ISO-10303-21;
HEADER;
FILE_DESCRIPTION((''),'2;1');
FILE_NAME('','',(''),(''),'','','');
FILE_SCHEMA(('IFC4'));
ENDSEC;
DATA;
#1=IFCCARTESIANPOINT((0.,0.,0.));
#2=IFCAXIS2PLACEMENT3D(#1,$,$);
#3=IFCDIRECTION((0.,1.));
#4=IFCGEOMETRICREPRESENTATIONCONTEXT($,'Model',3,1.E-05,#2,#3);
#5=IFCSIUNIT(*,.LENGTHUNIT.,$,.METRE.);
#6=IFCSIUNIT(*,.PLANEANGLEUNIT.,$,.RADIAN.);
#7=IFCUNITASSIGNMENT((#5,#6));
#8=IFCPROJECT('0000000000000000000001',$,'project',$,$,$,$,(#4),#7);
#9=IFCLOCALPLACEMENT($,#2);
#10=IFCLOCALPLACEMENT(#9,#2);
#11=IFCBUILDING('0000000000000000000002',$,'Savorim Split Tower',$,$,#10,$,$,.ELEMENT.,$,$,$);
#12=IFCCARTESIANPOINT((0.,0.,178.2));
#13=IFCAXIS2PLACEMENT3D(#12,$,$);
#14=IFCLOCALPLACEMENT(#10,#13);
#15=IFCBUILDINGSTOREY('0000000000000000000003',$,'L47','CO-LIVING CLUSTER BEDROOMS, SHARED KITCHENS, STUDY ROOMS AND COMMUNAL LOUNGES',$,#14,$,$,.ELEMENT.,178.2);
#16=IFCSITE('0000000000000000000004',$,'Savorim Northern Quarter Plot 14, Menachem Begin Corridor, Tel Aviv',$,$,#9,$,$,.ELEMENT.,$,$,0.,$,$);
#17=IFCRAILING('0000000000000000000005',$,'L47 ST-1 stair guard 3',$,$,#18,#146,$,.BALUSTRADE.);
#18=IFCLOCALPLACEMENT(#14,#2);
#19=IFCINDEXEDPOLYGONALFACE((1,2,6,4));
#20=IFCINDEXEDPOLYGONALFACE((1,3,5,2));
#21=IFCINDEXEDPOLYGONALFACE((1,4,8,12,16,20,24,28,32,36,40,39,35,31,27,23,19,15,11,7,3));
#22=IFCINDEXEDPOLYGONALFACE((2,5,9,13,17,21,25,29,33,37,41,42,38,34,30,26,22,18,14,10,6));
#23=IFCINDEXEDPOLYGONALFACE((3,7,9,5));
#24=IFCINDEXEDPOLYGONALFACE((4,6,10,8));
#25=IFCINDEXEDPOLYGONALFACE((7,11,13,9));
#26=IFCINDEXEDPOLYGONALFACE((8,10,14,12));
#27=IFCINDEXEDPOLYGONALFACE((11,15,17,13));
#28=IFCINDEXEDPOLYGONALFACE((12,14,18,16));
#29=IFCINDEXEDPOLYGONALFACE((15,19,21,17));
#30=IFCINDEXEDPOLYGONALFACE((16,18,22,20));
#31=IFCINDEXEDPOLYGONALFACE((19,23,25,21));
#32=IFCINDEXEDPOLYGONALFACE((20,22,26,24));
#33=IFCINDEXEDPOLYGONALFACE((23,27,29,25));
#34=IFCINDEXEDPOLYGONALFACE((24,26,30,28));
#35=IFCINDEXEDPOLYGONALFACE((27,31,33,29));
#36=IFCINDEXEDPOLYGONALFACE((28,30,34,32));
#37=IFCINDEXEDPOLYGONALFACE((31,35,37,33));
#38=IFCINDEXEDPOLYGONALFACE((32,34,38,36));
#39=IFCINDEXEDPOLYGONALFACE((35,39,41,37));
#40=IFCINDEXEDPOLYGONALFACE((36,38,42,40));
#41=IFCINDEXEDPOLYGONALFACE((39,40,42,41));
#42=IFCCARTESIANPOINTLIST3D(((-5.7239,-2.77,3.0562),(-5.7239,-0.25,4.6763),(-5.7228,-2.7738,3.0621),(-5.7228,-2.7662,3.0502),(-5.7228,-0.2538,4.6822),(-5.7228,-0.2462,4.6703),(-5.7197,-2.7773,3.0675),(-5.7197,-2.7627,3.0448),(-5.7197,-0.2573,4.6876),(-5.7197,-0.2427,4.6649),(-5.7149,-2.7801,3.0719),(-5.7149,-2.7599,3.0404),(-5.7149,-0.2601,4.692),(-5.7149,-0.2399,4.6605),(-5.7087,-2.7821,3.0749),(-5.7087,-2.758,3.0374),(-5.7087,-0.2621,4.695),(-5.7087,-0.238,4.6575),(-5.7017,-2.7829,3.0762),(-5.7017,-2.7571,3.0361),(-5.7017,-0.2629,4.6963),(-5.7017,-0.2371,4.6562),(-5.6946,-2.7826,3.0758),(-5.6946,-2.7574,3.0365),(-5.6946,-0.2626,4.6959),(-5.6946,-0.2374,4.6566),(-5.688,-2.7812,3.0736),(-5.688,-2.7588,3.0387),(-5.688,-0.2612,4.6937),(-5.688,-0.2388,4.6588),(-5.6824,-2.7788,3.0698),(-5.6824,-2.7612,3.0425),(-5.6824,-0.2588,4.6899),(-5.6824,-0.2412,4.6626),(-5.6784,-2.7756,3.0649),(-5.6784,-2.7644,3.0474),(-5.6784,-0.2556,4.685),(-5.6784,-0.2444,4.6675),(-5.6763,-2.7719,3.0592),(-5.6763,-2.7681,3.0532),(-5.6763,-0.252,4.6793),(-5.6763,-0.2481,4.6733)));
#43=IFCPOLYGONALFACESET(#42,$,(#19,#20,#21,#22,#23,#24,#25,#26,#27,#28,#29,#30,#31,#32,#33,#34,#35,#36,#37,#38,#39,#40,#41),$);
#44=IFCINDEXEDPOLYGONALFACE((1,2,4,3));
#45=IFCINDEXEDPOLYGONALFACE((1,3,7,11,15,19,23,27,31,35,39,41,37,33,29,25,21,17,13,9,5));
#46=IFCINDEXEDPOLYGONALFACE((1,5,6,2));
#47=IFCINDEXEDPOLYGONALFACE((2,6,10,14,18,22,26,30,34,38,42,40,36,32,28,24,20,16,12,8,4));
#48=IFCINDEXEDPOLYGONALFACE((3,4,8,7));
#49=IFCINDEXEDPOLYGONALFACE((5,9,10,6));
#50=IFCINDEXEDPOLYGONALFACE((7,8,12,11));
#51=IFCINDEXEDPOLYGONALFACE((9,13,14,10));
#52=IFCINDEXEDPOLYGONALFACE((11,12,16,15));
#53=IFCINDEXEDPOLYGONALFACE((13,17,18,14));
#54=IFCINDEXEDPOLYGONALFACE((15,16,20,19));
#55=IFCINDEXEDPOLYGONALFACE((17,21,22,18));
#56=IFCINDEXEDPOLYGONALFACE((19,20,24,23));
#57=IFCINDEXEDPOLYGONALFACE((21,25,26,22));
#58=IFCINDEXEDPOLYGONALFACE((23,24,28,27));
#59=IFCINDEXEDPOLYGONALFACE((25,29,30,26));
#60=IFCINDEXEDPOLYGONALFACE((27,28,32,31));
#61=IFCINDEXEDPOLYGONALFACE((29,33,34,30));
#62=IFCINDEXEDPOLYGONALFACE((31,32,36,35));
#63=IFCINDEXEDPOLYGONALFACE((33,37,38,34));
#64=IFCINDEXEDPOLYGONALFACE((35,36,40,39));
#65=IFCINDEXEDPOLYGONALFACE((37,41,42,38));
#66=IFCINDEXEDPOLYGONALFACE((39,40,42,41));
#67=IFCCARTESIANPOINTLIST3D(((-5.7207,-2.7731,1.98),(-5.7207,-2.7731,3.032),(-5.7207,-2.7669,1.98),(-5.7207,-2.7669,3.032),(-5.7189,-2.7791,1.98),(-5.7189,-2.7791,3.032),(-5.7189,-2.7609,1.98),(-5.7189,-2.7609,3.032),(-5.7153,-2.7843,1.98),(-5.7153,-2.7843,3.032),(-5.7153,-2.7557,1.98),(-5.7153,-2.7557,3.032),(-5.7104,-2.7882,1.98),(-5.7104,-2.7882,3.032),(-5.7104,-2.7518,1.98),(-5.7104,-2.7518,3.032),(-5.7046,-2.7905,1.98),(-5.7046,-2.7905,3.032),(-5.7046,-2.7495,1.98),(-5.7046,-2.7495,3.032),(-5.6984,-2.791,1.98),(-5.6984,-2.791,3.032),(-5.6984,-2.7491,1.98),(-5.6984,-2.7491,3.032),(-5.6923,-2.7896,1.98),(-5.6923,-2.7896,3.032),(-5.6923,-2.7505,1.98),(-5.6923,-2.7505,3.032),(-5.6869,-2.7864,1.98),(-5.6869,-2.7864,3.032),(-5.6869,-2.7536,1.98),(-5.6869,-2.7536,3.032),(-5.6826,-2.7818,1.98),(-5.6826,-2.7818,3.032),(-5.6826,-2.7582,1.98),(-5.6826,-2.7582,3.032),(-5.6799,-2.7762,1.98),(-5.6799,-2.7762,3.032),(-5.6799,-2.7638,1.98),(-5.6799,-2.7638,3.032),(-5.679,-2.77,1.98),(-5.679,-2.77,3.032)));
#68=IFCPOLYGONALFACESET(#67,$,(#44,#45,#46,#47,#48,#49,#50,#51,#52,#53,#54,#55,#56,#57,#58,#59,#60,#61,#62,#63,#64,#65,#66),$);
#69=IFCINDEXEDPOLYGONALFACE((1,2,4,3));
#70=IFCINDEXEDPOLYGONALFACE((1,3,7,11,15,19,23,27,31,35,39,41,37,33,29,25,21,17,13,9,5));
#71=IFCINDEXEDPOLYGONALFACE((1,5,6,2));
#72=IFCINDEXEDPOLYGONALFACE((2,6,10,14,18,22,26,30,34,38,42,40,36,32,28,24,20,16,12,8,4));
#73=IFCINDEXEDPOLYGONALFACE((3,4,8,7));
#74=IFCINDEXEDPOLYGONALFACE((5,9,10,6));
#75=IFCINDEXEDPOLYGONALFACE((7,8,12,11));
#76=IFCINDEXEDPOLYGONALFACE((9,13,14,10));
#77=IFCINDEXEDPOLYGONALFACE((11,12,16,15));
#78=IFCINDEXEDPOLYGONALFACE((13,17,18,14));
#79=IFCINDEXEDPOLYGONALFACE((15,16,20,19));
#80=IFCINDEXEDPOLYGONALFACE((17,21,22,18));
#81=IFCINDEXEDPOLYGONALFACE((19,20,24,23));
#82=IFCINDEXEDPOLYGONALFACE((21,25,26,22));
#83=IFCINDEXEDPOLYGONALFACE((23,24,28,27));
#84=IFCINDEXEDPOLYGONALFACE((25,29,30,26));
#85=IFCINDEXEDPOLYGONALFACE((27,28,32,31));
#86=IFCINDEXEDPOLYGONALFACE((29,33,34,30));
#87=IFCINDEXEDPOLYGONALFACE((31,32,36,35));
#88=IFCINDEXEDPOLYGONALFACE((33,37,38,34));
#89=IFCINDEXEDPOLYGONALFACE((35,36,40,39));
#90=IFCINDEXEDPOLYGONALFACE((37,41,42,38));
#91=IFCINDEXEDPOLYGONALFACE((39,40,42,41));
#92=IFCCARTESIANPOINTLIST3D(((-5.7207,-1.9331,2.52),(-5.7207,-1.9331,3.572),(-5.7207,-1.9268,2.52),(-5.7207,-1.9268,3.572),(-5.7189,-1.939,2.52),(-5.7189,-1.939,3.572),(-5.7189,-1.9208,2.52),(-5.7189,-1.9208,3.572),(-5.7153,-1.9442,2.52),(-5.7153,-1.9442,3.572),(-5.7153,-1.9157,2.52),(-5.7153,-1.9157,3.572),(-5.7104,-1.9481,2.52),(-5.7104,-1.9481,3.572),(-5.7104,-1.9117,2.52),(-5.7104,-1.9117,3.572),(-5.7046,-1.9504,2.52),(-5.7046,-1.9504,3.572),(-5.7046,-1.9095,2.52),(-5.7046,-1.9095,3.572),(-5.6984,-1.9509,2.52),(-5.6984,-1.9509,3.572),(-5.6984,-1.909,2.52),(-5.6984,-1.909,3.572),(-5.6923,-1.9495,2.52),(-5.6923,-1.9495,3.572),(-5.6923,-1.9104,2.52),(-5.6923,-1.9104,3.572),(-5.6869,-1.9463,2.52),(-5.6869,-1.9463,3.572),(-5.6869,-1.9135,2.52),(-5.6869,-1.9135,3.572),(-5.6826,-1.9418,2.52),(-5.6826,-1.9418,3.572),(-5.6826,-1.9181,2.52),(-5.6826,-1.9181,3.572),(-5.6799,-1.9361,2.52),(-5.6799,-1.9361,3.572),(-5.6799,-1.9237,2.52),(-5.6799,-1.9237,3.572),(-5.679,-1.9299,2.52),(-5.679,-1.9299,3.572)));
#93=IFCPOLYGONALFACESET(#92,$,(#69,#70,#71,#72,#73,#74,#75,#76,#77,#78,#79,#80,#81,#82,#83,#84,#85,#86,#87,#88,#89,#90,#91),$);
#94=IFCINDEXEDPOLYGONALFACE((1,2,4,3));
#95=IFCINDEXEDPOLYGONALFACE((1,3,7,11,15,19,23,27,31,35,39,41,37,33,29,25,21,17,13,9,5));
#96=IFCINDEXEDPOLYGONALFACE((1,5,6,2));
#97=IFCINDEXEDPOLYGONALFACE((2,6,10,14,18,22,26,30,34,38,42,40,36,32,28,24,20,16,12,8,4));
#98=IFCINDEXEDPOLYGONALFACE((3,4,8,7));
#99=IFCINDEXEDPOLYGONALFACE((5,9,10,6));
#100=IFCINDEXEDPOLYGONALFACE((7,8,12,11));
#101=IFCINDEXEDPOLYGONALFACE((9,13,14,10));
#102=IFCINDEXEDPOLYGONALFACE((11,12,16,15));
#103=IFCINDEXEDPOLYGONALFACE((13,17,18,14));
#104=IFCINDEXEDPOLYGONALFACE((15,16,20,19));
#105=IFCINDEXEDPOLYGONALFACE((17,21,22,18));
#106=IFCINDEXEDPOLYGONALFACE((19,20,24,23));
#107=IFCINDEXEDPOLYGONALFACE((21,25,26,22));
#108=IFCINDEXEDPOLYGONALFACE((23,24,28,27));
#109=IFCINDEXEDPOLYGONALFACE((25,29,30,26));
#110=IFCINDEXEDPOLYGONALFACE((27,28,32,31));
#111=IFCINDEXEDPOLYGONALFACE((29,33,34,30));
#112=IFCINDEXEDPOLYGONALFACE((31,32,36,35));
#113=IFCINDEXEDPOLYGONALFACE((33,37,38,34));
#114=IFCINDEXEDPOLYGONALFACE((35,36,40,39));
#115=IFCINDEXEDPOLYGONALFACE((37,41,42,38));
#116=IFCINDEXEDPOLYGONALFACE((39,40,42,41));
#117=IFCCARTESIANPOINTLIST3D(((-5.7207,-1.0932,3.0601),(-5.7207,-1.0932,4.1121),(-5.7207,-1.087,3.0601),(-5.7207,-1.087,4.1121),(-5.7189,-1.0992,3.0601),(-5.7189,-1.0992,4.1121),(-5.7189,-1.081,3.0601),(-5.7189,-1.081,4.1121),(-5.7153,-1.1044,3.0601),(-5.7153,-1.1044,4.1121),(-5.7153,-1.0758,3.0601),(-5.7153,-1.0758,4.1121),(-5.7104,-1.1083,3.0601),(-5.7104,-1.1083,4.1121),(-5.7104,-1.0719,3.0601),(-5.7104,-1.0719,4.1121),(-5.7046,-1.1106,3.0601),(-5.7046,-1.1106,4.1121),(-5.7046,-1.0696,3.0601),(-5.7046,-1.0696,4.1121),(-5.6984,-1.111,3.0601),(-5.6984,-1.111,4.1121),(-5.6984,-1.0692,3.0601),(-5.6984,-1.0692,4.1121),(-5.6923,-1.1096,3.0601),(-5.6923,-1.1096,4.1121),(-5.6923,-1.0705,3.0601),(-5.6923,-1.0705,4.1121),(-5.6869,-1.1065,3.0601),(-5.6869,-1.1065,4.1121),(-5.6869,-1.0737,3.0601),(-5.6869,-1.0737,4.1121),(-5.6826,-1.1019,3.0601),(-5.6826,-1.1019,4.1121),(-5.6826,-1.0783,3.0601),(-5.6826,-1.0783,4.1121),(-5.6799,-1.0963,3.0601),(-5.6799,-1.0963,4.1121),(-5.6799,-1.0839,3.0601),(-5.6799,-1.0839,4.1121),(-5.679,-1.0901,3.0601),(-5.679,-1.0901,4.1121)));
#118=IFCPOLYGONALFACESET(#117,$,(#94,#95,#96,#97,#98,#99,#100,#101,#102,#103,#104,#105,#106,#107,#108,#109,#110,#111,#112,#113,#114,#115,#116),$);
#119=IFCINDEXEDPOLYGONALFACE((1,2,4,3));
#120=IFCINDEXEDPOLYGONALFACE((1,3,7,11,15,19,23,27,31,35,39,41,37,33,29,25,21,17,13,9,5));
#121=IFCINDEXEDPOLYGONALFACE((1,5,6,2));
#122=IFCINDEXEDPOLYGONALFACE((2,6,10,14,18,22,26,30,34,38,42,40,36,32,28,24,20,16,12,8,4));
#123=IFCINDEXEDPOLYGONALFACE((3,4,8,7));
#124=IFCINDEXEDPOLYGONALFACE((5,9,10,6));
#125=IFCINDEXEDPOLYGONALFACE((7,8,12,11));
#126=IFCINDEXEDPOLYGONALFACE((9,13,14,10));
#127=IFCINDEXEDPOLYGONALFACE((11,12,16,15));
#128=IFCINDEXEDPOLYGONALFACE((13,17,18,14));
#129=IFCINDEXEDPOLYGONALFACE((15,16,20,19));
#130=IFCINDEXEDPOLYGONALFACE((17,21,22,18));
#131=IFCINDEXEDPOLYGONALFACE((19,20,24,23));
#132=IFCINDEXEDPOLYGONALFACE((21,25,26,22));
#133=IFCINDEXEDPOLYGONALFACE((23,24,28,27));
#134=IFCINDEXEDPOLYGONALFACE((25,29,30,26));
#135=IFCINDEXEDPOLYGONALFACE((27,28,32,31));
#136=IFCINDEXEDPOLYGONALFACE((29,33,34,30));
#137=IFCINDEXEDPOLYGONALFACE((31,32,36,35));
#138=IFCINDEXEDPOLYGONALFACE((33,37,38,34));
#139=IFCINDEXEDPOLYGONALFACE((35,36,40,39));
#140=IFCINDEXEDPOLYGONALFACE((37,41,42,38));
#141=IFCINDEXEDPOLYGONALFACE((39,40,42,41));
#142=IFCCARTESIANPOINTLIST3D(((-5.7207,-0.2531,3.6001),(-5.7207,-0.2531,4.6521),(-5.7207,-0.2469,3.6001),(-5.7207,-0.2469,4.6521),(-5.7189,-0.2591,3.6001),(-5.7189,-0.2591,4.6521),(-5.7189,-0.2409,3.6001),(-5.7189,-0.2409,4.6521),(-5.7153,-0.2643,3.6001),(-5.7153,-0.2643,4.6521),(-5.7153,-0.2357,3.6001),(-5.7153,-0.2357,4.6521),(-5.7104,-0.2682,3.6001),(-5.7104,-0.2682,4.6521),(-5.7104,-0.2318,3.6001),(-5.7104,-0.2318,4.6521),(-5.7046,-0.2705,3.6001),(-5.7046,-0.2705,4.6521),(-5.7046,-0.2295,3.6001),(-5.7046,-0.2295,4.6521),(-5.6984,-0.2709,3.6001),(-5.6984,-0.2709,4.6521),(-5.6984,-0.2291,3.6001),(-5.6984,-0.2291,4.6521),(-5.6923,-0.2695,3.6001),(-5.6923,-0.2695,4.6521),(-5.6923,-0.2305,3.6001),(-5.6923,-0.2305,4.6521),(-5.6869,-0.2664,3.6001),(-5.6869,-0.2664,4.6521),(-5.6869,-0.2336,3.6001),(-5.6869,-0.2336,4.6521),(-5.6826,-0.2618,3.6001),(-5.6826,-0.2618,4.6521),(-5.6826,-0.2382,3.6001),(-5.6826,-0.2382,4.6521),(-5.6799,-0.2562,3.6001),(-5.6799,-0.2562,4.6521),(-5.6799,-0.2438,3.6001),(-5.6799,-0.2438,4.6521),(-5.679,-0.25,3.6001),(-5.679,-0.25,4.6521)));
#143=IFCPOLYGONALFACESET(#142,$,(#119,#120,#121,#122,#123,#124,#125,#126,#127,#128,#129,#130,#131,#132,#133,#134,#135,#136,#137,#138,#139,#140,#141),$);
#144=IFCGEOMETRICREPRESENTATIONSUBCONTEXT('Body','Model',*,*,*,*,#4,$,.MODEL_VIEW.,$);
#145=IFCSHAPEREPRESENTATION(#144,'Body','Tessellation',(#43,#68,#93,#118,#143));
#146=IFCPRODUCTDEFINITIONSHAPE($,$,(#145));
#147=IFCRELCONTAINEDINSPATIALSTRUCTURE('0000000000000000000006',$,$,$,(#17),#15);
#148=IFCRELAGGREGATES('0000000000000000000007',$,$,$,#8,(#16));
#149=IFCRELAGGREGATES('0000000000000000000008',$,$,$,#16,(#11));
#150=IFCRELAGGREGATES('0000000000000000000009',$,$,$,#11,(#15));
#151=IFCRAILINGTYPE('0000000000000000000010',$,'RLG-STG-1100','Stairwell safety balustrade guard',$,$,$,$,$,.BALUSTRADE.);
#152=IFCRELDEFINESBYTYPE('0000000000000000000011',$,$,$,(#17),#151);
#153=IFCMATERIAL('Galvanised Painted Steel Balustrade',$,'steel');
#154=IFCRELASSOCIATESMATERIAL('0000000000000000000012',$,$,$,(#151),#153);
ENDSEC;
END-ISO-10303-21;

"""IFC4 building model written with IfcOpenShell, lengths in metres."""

from ifc_helpers import new_model, si_unit, direction, frame, origin, origin_2d, place, context, subcontext, project, spatial, circle, extrude, material, type_object, element, save


model = new_model("IFC4")

# Units and contexts
model_context = context("Model", 3, precision=1e-05, world=origin(), true_north=direction((0.0, 1.0)))
body_context = subcontext(model_context, "Body", "Model", "MODEL_VIEW")
ifc_project = project(units=[si_unit("LENGTHUNIT", "METRE"), si_unit("PLANEANGLEUNIT", "RADIAN")], contexts=[model_context])

# Site, building, storey
site_placement = place(None, origin())
site = spatial("IfcSite", under=ifc_project, at=site_placement, Name="Savorim Northern Quarter Plot 14, Menachem Begin Corridor, Tel Aviv", CompositionType="ELEMENT", RefElevation=0.0)
building_placement = place(site_placement, origin())
building = spatial("IfcBuilding", under=site, at=building_placement, Name="Savorim Split Tower", CompositionType="ELEMENT")
storey_placement = place(building_placement, frame((0.0, 0.0, 178.2)))
storey = spatial("IfcBuildingStorey", under=building, at=storey_placement, Name="L47", Description="CO-LIVING CLUSTER BEDROOMS, SHARED KITCHENS, STUDY ROOMS AND COMMUNAL LOUNGES", CompositionType="ELEMENT", Elevation=178.2)

# Railing
ifc_material_1 = material(Name="Galvanised Painted Steel Balustrade", Category="steel")
railing_type_1 = type_object("IfcRailingType", Name="RLG-STG-1100", Description="Stairwell safety balustrade guard", PredefinedType="BALUSTRADE", material=ifc_material_1)
railing_1_placement = place(storey_placement, frame((-5.7, -2.77, 1.98)))
element("IfcRailing", 1, at=railing_1_placement, inside=storey, type_object=railing_type_1, Name="L47 ST-1 stair guard 3", PredefinedType="BALUSTRADE", context=body_context, shape_type="SweptSolid", body=[
    extrude(circle(Radius=0.0239, at=origin_2d()), frame((0.0, 0.0, 1.0762), z_axis=(0.0, 0.841163, 0.540782), x_axis=(-1.0, 0.0, 0.0)), (0.0, 0.0, 1.0), 2.9958),
    extrude(circle(Radius=0.021, at=origin_2d()), origin(), (0.0, 0.0, 1.0), 1.052),
    extrude(circle(Radius=0.021, at=origin_2d()), frame((0.0, 0.8401, 0.54)), (0.0, 0.0, 1.0), 1.052),
    extrude(circle(Radius=0.021, at=origin_2d()), frame((0.0, 1.6799, 1.0801)), (0.0, 0.0, 1.0), 1.052),
    extrude(circle(Radius=0.021, at=origin_2d()), frame((0.0, 2.52, 1.6201)), (0.0, 0.0, 1.0), 1.052),
])

save(model, "model.ifc")
